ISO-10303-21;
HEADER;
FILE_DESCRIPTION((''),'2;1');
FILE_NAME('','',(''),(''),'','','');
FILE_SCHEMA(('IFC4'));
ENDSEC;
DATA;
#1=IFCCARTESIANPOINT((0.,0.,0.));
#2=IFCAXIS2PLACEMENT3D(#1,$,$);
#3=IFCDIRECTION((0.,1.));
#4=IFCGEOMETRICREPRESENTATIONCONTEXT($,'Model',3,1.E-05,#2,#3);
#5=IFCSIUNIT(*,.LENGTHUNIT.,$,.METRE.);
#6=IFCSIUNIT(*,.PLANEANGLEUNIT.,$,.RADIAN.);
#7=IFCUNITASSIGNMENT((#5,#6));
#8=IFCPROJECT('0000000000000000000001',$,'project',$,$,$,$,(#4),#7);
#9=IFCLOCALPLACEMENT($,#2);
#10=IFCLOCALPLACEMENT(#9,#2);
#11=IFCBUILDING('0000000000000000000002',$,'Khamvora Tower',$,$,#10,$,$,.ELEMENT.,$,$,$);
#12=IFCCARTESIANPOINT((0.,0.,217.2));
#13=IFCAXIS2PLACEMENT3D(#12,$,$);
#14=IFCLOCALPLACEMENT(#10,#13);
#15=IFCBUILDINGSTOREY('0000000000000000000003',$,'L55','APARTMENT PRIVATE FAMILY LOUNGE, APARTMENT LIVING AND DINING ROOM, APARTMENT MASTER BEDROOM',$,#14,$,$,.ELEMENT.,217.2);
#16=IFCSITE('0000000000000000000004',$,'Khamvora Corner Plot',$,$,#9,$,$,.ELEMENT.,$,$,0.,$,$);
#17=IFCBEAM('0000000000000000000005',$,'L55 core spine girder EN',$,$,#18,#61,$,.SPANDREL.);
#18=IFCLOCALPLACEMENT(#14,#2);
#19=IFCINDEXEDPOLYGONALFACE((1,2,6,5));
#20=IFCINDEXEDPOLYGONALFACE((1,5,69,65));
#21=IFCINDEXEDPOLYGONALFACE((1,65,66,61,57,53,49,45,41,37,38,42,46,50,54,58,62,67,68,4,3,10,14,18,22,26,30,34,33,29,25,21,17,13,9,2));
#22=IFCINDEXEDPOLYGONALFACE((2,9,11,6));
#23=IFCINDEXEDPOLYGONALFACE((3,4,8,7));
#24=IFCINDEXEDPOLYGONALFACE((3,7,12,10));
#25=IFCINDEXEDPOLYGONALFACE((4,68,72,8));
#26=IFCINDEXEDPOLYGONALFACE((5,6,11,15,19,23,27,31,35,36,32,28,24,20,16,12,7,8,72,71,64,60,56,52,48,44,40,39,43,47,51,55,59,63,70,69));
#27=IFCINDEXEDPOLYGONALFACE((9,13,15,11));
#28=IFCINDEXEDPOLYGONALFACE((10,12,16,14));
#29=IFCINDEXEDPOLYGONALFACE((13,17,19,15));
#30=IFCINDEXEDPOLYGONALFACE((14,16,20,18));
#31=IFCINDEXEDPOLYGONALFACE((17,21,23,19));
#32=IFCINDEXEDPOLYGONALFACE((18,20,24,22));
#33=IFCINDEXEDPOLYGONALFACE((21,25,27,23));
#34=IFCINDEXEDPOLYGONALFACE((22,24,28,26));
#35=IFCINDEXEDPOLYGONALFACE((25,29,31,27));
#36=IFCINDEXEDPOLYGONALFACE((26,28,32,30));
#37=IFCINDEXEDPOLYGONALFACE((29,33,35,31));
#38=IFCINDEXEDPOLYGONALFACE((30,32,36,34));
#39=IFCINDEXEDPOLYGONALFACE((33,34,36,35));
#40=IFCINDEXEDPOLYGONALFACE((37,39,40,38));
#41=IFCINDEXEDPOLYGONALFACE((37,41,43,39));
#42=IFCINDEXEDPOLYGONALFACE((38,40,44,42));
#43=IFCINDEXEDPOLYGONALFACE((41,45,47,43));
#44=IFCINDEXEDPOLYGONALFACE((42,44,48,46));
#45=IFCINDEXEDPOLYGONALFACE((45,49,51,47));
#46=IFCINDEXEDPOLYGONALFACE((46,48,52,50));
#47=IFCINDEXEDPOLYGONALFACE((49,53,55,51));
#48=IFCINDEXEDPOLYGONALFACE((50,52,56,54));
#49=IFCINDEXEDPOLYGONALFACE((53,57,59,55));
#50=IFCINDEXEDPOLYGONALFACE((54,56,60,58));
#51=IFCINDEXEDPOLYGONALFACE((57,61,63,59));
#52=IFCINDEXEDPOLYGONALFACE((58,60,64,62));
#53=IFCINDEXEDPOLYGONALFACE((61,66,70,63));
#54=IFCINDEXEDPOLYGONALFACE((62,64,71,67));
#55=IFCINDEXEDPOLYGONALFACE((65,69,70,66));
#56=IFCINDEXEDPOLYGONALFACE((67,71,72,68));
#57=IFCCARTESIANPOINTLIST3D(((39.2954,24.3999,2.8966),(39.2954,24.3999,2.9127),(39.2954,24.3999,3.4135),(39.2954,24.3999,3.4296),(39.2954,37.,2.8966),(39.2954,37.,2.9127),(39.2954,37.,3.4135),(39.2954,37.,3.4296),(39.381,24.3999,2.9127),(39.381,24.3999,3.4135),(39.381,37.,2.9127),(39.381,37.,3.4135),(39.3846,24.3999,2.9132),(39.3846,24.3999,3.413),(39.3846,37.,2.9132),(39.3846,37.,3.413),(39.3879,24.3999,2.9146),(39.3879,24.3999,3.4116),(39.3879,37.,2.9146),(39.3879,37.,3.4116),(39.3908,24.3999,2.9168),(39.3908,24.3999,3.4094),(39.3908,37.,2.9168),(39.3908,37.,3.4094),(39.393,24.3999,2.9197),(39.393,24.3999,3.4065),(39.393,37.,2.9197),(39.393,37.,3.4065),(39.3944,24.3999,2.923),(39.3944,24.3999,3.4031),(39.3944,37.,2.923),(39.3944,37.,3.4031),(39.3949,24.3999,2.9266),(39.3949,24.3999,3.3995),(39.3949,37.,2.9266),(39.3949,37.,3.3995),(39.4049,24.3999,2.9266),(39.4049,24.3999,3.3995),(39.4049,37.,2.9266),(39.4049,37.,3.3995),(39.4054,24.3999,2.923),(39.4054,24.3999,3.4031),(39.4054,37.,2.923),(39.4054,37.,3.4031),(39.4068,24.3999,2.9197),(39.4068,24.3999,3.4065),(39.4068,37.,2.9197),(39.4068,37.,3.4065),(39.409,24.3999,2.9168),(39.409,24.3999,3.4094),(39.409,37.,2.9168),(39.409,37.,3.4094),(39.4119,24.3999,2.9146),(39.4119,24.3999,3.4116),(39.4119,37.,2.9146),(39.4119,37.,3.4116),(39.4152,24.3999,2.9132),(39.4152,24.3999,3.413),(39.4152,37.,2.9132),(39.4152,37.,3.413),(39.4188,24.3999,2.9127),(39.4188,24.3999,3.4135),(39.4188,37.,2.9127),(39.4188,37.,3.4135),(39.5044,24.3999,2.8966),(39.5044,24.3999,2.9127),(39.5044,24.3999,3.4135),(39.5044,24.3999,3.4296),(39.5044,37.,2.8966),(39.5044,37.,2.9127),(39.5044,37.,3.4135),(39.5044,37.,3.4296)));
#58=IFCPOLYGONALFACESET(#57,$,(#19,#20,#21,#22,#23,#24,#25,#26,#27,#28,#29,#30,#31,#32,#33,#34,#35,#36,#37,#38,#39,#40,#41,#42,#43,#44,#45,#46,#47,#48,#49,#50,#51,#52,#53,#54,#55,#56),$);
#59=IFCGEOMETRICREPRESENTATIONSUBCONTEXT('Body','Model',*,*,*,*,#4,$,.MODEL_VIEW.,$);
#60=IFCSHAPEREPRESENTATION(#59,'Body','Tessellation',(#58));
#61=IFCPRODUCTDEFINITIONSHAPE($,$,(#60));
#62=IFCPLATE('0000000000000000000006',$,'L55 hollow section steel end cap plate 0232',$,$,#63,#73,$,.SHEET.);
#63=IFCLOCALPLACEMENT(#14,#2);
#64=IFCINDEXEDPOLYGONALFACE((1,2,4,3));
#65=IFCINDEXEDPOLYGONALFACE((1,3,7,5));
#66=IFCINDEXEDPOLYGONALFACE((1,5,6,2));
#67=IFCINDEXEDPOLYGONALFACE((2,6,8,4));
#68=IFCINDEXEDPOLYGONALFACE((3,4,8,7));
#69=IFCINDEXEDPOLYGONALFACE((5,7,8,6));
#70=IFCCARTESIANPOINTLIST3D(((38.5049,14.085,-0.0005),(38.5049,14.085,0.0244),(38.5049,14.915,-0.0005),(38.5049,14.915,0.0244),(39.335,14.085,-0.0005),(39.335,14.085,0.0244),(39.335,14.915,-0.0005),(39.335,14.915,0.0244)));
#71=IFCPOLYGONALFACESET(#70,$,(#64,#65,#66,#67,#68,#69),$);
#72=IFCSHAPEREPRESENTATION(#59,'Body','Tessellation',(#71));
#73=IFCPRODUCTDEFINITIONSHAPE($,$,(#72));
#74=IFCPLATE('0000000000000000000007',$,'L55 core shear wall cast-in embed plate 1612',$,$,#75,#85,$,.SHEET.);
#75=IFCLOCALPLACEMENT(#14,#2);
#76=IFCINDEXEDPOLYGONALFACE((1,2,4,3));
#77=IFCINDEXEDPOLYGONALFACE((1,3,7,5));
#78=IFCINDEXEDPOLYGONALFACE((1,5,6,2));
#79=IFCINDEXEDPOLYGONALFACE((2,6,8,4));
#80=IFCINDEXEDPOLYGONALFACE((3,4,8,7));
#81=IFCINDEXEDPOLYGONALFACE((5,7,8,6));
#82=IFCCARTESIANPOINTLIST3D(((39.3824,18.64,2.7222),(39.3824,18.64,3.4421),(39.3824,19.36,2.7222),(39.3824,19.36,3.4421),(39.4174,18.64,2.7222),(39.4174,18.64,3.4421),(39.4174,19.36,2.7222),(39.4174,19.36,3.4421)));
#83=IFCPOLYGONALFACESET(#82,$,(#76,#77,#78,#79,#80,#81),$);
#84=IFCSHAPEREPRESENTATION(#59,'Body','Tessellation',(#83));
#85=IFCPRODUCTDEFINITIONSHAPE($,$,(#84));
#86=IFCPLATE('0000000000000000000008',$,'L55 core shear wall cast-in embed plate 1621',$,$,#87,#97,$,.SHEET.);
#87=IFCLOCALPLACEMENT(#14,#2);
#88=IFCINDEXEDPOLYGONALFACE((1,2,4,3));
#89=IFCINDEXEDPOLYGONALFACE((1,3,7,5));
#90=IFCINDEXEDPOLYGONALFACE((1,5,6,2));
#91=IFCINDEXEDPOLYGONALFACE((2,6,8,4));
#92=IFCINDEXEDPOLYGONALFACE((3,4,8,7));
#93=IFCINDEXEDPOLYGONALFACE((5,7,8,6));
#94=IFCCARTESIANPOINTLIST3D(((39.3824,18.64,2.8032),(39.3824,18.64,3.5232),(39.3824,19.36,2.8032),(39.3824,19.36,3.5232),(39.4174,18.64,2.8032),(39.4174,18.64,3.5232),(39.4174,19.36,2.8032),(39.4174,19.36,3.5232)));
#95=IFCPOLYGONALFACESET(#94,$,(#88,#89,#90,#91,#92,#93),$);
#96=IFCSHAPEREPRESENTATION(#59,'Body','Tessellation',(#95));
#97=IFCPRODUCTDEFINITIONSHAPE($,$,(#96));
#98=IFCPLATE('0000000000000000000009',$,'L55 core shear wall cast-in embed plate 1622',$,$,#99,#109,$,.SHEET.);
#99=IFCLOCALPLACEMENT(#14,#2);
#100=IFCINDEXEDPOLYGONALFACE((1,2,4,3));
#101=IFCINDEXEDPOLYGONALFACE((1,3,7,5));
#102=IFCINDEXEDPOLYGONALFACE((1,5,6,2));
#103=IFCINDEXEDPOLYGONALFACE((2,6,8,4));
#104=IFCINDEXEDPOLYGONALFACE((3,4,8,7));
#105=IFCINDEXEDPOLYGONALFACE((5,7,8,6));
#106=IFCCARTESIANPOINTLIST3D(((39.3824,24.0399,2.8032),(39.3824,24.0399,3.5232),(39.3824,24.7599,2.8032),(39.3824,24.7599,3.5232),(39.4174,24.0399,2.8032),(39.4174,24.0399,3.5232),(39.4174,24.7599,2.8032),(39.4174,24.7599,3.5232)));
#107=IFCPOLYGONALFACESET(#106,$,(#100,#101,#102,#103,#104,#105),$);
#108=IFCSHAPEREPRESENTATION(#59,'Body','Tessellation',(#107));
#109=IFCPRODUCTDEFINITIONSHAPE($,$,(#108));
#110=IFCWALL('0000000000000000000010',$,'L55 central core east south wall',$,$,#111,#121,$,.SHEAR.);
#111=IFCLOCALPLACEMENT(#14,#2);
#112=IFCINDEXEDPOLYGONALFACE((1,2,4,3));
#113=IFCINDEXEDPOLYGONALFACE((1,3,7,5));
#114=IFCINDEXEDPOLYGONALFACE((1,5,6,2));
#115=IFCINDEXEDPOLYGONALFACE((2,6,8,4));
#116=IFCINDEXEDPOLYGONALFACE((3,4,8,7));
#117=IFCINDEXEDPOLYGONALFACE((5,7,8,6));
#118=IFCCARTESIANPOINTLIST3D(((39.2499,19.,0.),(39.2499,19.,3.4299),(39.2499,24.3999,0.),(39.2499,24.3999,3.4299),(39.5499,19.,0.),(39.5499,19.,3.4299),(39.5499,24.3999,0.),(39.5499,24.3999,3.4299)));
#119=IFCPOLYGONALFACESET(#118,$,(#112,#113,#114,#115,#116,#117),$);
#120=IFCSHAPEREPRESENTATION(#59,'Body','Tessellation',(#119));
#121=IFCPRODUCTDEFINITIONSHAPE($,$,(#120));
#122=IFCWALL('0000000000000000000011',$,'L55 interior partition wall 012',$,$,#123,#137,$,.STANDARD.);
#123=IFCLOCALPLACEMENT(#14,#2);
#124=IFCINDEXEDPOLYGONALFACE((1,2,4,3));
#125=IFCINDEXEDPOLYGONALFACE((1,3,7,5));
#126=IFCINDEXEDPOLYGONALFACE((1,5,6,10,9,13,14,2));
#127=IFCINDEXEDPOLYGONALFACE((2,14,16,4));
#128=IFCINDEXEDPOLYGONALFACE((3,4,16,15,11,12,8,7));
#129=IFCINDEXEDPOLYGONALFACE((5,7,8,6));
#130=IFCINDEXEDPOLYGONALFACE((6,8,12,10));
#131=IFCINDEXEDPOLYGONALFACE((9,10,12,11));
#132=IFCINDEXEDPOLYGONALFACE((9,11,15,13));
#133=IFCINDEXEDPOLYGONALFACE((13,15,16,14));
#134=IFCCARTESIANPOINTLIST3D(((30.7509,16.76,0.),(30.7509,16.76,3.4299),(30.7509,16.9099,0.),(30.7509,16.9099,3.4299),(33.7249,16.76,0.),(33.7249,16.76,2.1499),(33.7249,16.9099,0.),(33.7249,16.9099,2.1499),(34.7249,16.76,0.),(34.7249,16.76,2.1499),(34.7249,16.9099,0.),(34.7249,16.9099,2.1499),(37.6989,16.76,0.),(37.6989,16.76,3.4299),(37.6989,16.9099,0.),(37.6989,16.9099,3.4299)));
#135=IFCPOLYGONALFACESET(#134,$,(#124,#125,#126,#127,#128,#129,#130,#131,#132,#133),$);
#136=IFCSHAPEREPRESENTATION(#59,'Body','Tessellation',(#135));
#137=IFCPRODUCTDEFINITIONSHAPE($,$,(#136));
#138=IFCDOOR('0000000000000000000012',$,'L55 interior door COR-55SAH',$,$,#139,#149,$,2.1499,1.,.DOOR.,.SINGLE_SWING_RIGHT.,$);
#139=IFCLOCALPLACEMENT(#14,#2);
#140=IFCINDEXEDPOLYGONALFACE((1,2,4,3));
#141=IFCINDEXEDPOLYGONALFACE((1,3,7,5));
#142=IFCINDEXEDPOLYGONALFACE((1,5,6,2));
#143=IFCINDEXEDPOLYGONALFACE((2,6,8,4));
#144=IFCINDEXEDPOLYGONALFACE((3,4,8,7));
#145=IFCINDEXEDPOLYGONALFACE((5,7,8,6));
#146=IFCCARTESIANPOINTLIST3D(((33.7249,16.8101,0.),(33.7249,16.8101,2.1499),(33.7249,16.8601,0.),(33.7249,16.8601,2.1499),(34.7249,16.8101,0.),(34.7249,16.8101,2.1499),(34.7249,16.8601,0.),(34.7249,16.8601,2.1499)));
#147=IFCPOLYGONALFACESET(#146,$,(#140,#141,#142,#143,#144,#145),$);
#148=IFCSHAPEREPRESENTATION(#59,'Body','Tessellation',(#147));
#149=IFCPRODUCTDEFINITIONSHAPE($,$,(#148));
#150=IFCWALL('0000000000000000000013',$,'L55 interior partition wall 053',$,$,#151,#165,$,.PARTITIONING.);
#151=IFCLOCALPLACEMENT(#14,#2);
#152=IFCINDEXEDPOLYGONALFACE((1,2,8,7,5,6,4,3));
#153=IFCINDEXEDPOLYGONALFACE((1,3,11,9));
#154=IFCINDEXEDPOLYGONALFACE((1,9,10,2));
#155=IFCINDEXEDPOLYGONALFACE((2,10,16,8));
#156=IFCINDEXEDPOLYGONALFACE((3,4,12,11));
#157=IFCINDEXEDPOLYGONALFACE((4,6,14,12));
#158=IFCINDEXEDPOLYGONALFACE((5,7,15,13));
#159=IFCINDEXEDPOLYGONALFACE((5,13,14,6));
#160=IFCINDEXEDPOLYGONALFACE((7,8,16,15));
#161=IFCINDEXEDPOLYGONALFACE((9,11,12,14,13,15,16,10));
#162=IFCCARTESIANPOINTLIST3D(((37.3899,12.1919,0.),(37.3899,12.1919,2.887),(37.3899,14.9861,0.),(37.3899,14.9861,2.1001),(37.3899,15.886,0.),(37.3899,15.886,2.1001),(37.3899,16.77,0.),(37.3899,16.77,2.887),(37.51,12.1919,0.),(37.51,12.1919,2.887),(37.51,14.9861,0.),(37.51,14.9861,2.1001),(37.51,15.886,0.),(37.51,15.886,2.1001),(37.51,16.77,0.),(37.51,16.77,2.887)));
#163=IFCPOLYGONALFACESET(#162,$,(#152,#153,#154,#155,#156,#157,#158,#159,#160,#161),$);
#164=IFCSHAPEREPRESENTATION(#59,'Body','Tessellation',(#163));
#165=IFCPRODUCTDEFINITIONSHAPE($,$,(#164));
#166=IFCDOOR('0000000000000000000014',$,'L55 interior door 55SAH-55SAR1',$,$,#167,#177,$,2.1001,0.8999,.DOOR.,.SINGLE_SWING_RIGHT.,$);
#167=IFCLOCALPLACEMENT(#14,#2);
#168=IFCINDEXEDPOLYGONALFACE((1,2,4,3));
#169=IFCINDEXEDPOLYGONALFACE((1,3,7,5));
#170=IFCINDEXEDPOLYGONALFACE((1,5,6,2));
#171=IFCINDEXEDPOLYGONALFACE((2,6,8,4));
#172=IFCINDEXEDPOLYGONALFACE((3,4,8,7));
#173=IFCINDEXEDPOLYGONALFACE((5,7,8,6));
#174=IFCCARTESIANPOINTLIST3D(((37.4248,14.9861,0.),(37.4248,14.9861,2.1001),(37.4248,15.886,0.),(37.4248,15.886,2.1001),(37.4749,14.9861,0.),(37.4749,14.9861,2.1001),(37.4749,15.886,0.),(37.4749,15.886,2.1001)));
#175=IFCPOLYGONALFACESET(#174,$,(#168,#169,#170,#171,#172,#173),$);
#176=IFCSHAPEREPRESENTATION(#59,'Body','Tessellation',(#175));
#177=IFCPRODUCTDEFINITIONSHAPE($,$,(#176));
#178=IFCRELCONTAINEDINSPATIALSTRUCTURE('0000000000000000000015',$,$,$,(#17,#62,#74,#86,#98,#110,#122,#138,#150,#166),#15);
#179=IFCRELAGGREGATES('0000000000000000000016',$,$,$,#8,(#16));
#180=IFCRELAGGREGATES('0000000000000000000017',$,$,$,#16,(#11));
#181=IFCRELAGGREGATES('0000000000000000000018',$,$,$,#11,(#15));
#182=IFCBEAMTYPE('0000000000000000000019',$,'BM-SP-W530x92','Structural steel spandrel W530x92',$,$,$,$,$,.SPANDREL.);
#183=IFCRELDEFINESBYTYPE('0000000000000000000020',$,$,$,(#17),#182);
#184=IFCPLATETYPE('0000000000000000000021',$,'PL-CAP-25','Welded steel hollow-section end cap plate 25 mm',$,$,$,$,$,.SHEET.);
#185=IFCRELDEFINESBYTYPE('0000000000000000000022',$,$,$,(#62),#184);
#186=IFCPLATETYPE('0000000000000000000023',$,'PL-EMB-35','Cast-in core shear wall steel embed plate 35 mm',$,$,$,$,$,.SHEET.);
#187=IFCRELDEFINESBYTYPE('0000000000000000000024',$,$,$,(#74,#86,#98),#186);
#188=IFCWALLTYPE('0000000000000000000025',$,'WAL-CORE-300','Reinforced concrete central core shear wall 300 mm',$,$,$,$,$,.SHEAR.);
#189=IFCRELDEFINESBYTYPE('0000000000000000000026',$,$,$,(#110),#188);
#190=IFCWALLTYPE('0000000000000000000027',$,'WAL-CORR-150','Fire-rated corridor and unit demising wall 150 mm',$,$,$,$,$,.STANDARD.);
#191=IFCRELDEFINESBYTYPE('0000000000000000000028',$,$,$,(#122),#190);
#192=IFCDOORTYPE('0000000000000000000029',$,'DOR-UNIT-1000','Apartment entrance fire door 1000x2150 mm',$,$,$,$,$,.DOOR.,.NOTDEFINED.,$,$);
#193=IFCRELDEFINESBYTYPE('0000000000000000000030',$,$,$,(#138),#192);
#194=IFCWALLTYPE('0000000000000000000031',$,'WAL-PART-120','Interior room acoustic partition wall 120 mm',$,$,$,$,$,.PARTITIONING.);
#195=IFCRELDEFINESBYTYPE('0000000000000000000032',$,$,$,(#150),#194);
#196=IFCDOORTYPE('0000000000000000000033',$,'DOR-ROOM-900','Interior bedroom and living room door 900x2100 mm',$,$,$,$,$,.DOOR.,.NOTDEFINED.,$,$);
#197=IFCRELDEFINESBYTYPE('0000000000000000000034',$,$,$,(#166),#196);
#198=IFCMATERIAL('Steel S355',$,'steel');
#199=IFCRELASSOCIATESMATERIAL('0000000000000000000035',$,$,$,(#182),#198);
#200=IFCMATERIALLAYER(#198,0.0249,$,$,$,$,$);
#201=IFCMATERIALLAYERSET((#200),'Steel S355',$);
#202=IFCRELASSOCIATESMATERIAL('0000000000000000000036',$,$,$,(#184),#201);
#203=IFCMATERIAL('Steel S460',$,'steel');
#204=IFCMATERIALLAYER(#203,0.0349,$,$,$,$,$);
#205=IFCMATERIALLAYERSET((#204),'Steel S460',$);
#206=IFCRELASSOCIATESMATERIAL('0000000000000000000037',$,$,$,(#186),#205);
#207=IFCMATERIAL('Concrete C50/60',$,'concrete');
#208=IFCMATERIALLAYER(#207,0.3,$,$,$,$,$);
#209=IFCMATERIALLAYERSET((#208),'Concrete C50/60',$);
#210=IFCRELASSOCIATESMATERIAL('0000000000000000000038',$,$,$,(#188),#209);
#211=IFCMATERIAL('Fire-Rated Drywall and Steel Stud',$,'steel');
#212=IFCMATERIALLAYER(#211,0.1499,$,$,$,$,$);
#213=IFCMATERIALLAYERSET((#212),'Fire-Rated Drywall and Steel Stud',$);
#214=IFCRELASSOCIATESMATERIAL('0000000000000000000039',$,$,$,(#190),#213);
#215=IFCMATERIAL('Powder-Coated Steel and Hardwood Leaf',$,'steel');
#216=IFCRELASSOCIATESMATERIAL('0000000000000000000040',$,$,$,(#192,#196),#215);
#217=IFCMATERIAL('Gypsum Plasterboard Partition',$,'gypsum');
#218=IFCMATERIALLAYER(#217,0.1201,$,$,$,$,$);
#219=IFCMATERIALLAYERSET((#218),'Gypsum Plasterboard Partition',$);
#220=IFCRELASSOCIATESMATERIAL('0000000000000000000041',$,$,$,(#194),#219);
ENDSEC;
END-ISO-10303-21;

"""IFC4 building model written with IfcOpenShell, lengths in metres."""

from ifc_helpers import new_model, si_unit, direction, frame, frame_2d, origin, origin_2d, place, context, subcontext, project, spatial, rectangle, i_section, extrude, material, layer, layer_set, material_profile, profile_set, type_object, element, fill, save


model = new_model("IFC4")

# Units and contexts
model_context = context("Model", 3, precision=1e-05, world=origin(), true_north=direction((0.0, 1.0)))
body_context = subcontext(model_context, "Body", "Model", "MODEL_VIEW")
ifc_project = project(units=[si_unit("LENGTHUNIT", "METRE"), si_unit("PLANEANGLEUNIT", "RADIAN")], contexts=[model_context])

# Site, building, storey
site_placement = place(None, origin())
site = spatial("IfcSite", under=ifc_project, at=site_placement, Name="Khamvora Corner Plot", CompositionType="ELEMENT", RefElevation=0.0)
building_placement = place(site_placement, origin())
building = spatial("IfcBuilding", under=site, at=building_placement, Name="Khamvora Tower", CompositionType="ELEMENT")
storey_placement = place(building_placement, frame((0.0, 0.0, 217.2)))
storey = spatial("IfcBuildingStorey", under=building, at=storey_placement, Name="L55", Description="APARTMENT PRIVATE FAMILY LOUNGE, APARTMENT LIVING AND DINING ROOM, APARTMENT MASTER BEDROOM", CompositionType="ELEMENT", Elevation=217.2)

# Shared definitions
ifc_material_1 = material(Name="Steel S460", Category="steel")
ifc_material_2 = material(Name="Steel S355", Category="steel")

# Beam
ifc_material_profile_1 = material_profile(ifc_material_2, i_section(OverallWidth=0.209, OverallDepth=0.533, WebThickness=0.01, FlangeThickness=0.0161, FilletRadius=0.0139, at=origin_2d()), Name="W530x92")
ifc_profile_set_1 = profile_set([ifc_material_profile_1], Name="Steel S355")
beam_type_1 = type_object("IfcBeamType", Name="BM-SP-W530x92", Description="Structural steel spandrel W530x92", PredefinedType="SPANDREL", material=ifc_profile_set_1)
beam_1_placement = place(storey_placement, frame((39.3999, 24.3999, 3.1631), z_axis=(0.0, 1.0, 0.0), x_axis=(-1.0, 0.0, 0.0)))
element("IfcBeam", 1, at=beam_1_placement, inside=storey, type_object=beam_type_1, Name="L55 core spine girder EN", PredefinedType="SPANDREL", context=body_context, shape_type="SweptSolid", body=[
    extrude(i_section(OverallWidth=0.209, OverallDepth=0.533, WebThickness=0.01, FlangeThickness=0.0161, FilletRadius=0.0139, at=origin_2d()), origin(), (0.0, 0.0, 1.0), 12.6001),
])

# Plates
ifc_layer_1 = layer(ifc_material_2, 0.0249)
ifc_layer_set_1 = layer_set([ifc_layer_1], Name="Steel S355")
plate_type_1 = type_object("IfcPlateType", Name="PL-CAP-25", Description="Welded steel hollow-section end cap plate 25 mm", PredefinedType="SHEET", material=ifc_layer_set_1)
plate_placement = place(storey_placement, frame((38.9199, 14.5, -0.0005), z_axis=(0.0, 0.0, 1.0), x_axis=(1.0, 0.0, 0.0)))
element("IfcPlate", 2, at=plate_placement, inside=storey, type_object=plate_type_1, Name="L55 hollow section steel end cap plate 0232", PredefinedType="SHEET", context=body_context, shape_type="SweptSolid", body=[
    extrude(rectangle(XDim=0.8301, YDim=0.8301, at=origin_2d()), origin(), (0.0, 0.0, 1.0), 0.0249),
])
ifc_layer_2 = layer(ifc_material_1, 0.0349)
ifc_layer_set_2 = layer_set([ifc_layer_2], Name="Steel S460")
plate_type_2 = type_object("IfcPlateType", Name="PL-EMB-35", Description="Cast-in core shear wall steel embed plate 35 mm", PredefinedType="SHEET", material=ifc_layer_set_2)
for number, where, z_axis, x_axis, name in (
    (3, (39.3999, 19.0, 2.7222), (0.0, 0.0, 1.0), (1.0, 0.0, 0.0), "L55 core shear wall cast-in embed plate 1612"),
    (4, (39.3999, 19.0, 2.8032), (0.0, 0.0, 1.0), (1.0, 0.0, 0.0), "L55 core shear wall cast-in embed plate 1621"),
    (5, (39.3999, 24.3999, 2.8032), (0.0, 0.0, 1.0), (1.0, 0.0, 0.0), "L55 core shear wall cast-in embed plate 1622"),
):
    element("IfcPlate", number, at=place(storey_placement, frame(where, z_axis=z_axis, x_axis=x_axis)), inside=storey, type_object=plate_type_2, Name=name, PredefinedType="SHEET", context=body_context, shape_type="SweptSolid", body=[
        extrude(rectangle(XDim=0.0349, YDim=0.72, at=origin_2d()), origin(), (0.0, 0.0, 1.0), 0.72),
    ])

# Wall
ifc_material_3 = material(Name="Concrete C50/60", Category="concrete")
ifc_layer_3 = layer(ifc_material_3, 0.3)
ifc_layer_set_3 = layer_set([ifc_layer_3], Name="Concrete C50/60")
wall_type_1 = type_object("IfcWallType", Name="WAL-CORE-300", Description="Reinforced concrete central core shear wall 300 mm", PredefinedType="SHEAR", material=ifc_layer_set_3)
wall_1_placement = place(storey_placement, frame((39.3999, 19.0, 0.0), z_axis=(0.0, 0.0, 1.0), x_axis=(0.0, 1.0, 0.0)))
element("IfcWall", 6, at=wall_1_placement, inside=storey, type_object=wall_type_1, Name="L55 central core east south wall", PredefinedType="SHEAR", context=body_context, shape_type="SweptSolid", body=[
    extrude(rectangle(XDim=5.3999, YDim=0.3, at=frame_2d((2.7, 0.0))), origin(), (0.0, 0.0, 1.0), 3.4299),
])

# Walls, openings, doors
ifc_material_4 = material(Name="Fire-Rated Drywall and Steel Stud", Category="steel")
ifc_layer_4 = layer(ifc_material_4, 0.1499)
ifc_layer_set_4 = layer_set([ifc_layer_4], Name="Fire-Rated Drywall and Steel Stud")
wall_type_2 = type_object("IfcWallType", Name="WAL-CORR-150", Description="Fire-rated corridor and unit demising wall 150 mm", PredefinedType="STANDARD", material=ifc_layer_set_4)
wall_2_placement = place(storey_placement, frame((37.699, 16.835, 0.0), z_axis=(0.0, 0.0, 1.0), x_axis=(-1.0, 0.0, 0.0)))
wall_2 = element("IfcWall", 7, at=wall_2_placement, inside=storey, type_object=wall_type_2, Name="L55 interior partition wall 012", PredefinedType="STANDARD", context=body_context, shape_type="SweptSolid", body=[
    extrude(rectangle(XDim=6.948, YDim=0.1499, at=frame_2d((3.4741, 0.0))), origin(), (0.0, 0.0, 1.0), 3.4299),
])
opening_1_placement = place(wall_2_placement, frame((2.9741, 0.0, 0.0)))
opening_1 = element("IfcOpeningElement", 8, at=opening_1_placement, cuts=wall_2, PredefinedType="OPENING", context=body_context, shape_type="SweptSolid", body=[
    extrude(rectangle(XDim=1.0, YDim=2.1499, at=frame_2d((0.5, 1.075))), frame((0.0, 0.085, 0.0), z_axis=(0.0, -1.0, 0.0), x_axis=(1.0, 0.0, 0.0)), (0.0, 0.0, 1.0), 0.1699),
])
ifc_material_5 = material(Name="Powder-Coated Steel and Hardwood Leaf", Category="steel")
door_type_1 = type_object("IfcDoorType", Name="DOR-UNIT-1000", Description="Apartment entrance fire door 1000x2150 mm", OperationType="NOTDEFINED", PredefinedType="DOOR", material=ifc_material_5)
door_1_placement = place(opening_1_placement, origin())
door_1 = element("IfcDoor", 9, at=door_1_placement, inside=storey, type_object=door_type_1, Name="L55 interior door COR-55SAH", OperationType="SINGLE_SWING_RIGHT", OverallHeight=2.1499, OverallWidth=1.0, PredefinedType="DOOR", context=body_context, shape_type="SweptSolid", body=[
    extrude(rectangle(XDim=1.0, YDim=2.1499, at=frame_2d((0.5, 1.075))), frame((0.0, 0.0249, 0.0), z_axis=(0.0, -1.0, 0.0), x_axis=(1.0, 0.0, 0.0)), (0.0, 0.0, 1.0), 0.05),
])
fill(opening_1, door_1)
ifc_material_6 = material(Name="Gypsum Plasterboard Partition", Category="gypsum")
ifc_layer_5 = layer(ifc_material_6, 0.1201)
ifc_layer_set_5 = layer_set([ifc_layer_5], Name="Gypsum Plasterboard Partition")
wall_type_3 = type_object("IfcWallType", Name="WAL-PART-120", Description="Interior room acoustic partition wall 120 mm", PredefinedType="PARTITIONING", material=ifc_layer_set_5)
wall_3_placement = place(storey_placement, frame((37.45, 16.77, 0.0), z_axis=(0.0, 0.0, 1.0), x_axis=(0.0, -1.0, 0.0)))
wall_3 = element("IfcWall", 10, at=wall_3_placement, inside=storey, type_object=wall_type_3, Name="L55 interior partition wall 053", PredefinedType="PARTITIONING", context=body_context, shape_type="SweptSolid", body=[
    extrude(rectangle(XDim=4.5781, YDim=0.1201, at=frame_2d((2.2891, 0.0))), origin(), (0.0, 0.0, 1.0), 2.887),
])
opening_2_placement = place(wall_3_placement, frame((0.884, 0.0, 0.0)))
opening_2 = element("IfcOpeningElement", 11, at=opening_2_placement, cuts=wall_3, PredefinedType="OPENING", context=body_context, shape_type="SweptSolid", body=[
    extrude(rectangle(XDim=0.8999, YDim=2.1001, at=frame_2d((0.45, 1.05))), frame((0.0, 0.0701, 0.0), z_axis=(0.0, -1.0, 0.0), x_axis=(1.0, 0.0, 0.0)), (0.0, 0.0, 1.0), 0.1401),
])
door_type_2 = type_object("IfcDoorType", Name="DOR-ROOM-900", Description="Interior bedroom and living room door 900x2100 mm", OperationType="NOTDEFINED", PredefinedType="DOOR", material=ifc_material_5)
door_2_placement = place(opening_2_placement, origin())
door_2 = element("IfcDoor", 12, at=door_2_placement, inside=storey, type_object=door_type_2, Name="L55 interior door 55SAH-55SAR1", OperationType="SINGLE_SWING_RIGHT", OverallHeight=2.1001, OverallWidth=0.8999, PredefinedType="DOOR", context=body_context, shape_type="SweptSolid", body=[
    extrude(rectangle(XDim=0.8999, YDim=2.1001, at=frame_2d((0.45, 1.05))), frame((0.0, 0.0249, 0.0), z_axis=(0.0, -1.0, 0.0), x_axis=(1.0, 0.0, 0.0)), (0.0, 0.0, 1.0), 0.05),
])
fill(opening_2, door_2)

save(model, "model.ifc")
